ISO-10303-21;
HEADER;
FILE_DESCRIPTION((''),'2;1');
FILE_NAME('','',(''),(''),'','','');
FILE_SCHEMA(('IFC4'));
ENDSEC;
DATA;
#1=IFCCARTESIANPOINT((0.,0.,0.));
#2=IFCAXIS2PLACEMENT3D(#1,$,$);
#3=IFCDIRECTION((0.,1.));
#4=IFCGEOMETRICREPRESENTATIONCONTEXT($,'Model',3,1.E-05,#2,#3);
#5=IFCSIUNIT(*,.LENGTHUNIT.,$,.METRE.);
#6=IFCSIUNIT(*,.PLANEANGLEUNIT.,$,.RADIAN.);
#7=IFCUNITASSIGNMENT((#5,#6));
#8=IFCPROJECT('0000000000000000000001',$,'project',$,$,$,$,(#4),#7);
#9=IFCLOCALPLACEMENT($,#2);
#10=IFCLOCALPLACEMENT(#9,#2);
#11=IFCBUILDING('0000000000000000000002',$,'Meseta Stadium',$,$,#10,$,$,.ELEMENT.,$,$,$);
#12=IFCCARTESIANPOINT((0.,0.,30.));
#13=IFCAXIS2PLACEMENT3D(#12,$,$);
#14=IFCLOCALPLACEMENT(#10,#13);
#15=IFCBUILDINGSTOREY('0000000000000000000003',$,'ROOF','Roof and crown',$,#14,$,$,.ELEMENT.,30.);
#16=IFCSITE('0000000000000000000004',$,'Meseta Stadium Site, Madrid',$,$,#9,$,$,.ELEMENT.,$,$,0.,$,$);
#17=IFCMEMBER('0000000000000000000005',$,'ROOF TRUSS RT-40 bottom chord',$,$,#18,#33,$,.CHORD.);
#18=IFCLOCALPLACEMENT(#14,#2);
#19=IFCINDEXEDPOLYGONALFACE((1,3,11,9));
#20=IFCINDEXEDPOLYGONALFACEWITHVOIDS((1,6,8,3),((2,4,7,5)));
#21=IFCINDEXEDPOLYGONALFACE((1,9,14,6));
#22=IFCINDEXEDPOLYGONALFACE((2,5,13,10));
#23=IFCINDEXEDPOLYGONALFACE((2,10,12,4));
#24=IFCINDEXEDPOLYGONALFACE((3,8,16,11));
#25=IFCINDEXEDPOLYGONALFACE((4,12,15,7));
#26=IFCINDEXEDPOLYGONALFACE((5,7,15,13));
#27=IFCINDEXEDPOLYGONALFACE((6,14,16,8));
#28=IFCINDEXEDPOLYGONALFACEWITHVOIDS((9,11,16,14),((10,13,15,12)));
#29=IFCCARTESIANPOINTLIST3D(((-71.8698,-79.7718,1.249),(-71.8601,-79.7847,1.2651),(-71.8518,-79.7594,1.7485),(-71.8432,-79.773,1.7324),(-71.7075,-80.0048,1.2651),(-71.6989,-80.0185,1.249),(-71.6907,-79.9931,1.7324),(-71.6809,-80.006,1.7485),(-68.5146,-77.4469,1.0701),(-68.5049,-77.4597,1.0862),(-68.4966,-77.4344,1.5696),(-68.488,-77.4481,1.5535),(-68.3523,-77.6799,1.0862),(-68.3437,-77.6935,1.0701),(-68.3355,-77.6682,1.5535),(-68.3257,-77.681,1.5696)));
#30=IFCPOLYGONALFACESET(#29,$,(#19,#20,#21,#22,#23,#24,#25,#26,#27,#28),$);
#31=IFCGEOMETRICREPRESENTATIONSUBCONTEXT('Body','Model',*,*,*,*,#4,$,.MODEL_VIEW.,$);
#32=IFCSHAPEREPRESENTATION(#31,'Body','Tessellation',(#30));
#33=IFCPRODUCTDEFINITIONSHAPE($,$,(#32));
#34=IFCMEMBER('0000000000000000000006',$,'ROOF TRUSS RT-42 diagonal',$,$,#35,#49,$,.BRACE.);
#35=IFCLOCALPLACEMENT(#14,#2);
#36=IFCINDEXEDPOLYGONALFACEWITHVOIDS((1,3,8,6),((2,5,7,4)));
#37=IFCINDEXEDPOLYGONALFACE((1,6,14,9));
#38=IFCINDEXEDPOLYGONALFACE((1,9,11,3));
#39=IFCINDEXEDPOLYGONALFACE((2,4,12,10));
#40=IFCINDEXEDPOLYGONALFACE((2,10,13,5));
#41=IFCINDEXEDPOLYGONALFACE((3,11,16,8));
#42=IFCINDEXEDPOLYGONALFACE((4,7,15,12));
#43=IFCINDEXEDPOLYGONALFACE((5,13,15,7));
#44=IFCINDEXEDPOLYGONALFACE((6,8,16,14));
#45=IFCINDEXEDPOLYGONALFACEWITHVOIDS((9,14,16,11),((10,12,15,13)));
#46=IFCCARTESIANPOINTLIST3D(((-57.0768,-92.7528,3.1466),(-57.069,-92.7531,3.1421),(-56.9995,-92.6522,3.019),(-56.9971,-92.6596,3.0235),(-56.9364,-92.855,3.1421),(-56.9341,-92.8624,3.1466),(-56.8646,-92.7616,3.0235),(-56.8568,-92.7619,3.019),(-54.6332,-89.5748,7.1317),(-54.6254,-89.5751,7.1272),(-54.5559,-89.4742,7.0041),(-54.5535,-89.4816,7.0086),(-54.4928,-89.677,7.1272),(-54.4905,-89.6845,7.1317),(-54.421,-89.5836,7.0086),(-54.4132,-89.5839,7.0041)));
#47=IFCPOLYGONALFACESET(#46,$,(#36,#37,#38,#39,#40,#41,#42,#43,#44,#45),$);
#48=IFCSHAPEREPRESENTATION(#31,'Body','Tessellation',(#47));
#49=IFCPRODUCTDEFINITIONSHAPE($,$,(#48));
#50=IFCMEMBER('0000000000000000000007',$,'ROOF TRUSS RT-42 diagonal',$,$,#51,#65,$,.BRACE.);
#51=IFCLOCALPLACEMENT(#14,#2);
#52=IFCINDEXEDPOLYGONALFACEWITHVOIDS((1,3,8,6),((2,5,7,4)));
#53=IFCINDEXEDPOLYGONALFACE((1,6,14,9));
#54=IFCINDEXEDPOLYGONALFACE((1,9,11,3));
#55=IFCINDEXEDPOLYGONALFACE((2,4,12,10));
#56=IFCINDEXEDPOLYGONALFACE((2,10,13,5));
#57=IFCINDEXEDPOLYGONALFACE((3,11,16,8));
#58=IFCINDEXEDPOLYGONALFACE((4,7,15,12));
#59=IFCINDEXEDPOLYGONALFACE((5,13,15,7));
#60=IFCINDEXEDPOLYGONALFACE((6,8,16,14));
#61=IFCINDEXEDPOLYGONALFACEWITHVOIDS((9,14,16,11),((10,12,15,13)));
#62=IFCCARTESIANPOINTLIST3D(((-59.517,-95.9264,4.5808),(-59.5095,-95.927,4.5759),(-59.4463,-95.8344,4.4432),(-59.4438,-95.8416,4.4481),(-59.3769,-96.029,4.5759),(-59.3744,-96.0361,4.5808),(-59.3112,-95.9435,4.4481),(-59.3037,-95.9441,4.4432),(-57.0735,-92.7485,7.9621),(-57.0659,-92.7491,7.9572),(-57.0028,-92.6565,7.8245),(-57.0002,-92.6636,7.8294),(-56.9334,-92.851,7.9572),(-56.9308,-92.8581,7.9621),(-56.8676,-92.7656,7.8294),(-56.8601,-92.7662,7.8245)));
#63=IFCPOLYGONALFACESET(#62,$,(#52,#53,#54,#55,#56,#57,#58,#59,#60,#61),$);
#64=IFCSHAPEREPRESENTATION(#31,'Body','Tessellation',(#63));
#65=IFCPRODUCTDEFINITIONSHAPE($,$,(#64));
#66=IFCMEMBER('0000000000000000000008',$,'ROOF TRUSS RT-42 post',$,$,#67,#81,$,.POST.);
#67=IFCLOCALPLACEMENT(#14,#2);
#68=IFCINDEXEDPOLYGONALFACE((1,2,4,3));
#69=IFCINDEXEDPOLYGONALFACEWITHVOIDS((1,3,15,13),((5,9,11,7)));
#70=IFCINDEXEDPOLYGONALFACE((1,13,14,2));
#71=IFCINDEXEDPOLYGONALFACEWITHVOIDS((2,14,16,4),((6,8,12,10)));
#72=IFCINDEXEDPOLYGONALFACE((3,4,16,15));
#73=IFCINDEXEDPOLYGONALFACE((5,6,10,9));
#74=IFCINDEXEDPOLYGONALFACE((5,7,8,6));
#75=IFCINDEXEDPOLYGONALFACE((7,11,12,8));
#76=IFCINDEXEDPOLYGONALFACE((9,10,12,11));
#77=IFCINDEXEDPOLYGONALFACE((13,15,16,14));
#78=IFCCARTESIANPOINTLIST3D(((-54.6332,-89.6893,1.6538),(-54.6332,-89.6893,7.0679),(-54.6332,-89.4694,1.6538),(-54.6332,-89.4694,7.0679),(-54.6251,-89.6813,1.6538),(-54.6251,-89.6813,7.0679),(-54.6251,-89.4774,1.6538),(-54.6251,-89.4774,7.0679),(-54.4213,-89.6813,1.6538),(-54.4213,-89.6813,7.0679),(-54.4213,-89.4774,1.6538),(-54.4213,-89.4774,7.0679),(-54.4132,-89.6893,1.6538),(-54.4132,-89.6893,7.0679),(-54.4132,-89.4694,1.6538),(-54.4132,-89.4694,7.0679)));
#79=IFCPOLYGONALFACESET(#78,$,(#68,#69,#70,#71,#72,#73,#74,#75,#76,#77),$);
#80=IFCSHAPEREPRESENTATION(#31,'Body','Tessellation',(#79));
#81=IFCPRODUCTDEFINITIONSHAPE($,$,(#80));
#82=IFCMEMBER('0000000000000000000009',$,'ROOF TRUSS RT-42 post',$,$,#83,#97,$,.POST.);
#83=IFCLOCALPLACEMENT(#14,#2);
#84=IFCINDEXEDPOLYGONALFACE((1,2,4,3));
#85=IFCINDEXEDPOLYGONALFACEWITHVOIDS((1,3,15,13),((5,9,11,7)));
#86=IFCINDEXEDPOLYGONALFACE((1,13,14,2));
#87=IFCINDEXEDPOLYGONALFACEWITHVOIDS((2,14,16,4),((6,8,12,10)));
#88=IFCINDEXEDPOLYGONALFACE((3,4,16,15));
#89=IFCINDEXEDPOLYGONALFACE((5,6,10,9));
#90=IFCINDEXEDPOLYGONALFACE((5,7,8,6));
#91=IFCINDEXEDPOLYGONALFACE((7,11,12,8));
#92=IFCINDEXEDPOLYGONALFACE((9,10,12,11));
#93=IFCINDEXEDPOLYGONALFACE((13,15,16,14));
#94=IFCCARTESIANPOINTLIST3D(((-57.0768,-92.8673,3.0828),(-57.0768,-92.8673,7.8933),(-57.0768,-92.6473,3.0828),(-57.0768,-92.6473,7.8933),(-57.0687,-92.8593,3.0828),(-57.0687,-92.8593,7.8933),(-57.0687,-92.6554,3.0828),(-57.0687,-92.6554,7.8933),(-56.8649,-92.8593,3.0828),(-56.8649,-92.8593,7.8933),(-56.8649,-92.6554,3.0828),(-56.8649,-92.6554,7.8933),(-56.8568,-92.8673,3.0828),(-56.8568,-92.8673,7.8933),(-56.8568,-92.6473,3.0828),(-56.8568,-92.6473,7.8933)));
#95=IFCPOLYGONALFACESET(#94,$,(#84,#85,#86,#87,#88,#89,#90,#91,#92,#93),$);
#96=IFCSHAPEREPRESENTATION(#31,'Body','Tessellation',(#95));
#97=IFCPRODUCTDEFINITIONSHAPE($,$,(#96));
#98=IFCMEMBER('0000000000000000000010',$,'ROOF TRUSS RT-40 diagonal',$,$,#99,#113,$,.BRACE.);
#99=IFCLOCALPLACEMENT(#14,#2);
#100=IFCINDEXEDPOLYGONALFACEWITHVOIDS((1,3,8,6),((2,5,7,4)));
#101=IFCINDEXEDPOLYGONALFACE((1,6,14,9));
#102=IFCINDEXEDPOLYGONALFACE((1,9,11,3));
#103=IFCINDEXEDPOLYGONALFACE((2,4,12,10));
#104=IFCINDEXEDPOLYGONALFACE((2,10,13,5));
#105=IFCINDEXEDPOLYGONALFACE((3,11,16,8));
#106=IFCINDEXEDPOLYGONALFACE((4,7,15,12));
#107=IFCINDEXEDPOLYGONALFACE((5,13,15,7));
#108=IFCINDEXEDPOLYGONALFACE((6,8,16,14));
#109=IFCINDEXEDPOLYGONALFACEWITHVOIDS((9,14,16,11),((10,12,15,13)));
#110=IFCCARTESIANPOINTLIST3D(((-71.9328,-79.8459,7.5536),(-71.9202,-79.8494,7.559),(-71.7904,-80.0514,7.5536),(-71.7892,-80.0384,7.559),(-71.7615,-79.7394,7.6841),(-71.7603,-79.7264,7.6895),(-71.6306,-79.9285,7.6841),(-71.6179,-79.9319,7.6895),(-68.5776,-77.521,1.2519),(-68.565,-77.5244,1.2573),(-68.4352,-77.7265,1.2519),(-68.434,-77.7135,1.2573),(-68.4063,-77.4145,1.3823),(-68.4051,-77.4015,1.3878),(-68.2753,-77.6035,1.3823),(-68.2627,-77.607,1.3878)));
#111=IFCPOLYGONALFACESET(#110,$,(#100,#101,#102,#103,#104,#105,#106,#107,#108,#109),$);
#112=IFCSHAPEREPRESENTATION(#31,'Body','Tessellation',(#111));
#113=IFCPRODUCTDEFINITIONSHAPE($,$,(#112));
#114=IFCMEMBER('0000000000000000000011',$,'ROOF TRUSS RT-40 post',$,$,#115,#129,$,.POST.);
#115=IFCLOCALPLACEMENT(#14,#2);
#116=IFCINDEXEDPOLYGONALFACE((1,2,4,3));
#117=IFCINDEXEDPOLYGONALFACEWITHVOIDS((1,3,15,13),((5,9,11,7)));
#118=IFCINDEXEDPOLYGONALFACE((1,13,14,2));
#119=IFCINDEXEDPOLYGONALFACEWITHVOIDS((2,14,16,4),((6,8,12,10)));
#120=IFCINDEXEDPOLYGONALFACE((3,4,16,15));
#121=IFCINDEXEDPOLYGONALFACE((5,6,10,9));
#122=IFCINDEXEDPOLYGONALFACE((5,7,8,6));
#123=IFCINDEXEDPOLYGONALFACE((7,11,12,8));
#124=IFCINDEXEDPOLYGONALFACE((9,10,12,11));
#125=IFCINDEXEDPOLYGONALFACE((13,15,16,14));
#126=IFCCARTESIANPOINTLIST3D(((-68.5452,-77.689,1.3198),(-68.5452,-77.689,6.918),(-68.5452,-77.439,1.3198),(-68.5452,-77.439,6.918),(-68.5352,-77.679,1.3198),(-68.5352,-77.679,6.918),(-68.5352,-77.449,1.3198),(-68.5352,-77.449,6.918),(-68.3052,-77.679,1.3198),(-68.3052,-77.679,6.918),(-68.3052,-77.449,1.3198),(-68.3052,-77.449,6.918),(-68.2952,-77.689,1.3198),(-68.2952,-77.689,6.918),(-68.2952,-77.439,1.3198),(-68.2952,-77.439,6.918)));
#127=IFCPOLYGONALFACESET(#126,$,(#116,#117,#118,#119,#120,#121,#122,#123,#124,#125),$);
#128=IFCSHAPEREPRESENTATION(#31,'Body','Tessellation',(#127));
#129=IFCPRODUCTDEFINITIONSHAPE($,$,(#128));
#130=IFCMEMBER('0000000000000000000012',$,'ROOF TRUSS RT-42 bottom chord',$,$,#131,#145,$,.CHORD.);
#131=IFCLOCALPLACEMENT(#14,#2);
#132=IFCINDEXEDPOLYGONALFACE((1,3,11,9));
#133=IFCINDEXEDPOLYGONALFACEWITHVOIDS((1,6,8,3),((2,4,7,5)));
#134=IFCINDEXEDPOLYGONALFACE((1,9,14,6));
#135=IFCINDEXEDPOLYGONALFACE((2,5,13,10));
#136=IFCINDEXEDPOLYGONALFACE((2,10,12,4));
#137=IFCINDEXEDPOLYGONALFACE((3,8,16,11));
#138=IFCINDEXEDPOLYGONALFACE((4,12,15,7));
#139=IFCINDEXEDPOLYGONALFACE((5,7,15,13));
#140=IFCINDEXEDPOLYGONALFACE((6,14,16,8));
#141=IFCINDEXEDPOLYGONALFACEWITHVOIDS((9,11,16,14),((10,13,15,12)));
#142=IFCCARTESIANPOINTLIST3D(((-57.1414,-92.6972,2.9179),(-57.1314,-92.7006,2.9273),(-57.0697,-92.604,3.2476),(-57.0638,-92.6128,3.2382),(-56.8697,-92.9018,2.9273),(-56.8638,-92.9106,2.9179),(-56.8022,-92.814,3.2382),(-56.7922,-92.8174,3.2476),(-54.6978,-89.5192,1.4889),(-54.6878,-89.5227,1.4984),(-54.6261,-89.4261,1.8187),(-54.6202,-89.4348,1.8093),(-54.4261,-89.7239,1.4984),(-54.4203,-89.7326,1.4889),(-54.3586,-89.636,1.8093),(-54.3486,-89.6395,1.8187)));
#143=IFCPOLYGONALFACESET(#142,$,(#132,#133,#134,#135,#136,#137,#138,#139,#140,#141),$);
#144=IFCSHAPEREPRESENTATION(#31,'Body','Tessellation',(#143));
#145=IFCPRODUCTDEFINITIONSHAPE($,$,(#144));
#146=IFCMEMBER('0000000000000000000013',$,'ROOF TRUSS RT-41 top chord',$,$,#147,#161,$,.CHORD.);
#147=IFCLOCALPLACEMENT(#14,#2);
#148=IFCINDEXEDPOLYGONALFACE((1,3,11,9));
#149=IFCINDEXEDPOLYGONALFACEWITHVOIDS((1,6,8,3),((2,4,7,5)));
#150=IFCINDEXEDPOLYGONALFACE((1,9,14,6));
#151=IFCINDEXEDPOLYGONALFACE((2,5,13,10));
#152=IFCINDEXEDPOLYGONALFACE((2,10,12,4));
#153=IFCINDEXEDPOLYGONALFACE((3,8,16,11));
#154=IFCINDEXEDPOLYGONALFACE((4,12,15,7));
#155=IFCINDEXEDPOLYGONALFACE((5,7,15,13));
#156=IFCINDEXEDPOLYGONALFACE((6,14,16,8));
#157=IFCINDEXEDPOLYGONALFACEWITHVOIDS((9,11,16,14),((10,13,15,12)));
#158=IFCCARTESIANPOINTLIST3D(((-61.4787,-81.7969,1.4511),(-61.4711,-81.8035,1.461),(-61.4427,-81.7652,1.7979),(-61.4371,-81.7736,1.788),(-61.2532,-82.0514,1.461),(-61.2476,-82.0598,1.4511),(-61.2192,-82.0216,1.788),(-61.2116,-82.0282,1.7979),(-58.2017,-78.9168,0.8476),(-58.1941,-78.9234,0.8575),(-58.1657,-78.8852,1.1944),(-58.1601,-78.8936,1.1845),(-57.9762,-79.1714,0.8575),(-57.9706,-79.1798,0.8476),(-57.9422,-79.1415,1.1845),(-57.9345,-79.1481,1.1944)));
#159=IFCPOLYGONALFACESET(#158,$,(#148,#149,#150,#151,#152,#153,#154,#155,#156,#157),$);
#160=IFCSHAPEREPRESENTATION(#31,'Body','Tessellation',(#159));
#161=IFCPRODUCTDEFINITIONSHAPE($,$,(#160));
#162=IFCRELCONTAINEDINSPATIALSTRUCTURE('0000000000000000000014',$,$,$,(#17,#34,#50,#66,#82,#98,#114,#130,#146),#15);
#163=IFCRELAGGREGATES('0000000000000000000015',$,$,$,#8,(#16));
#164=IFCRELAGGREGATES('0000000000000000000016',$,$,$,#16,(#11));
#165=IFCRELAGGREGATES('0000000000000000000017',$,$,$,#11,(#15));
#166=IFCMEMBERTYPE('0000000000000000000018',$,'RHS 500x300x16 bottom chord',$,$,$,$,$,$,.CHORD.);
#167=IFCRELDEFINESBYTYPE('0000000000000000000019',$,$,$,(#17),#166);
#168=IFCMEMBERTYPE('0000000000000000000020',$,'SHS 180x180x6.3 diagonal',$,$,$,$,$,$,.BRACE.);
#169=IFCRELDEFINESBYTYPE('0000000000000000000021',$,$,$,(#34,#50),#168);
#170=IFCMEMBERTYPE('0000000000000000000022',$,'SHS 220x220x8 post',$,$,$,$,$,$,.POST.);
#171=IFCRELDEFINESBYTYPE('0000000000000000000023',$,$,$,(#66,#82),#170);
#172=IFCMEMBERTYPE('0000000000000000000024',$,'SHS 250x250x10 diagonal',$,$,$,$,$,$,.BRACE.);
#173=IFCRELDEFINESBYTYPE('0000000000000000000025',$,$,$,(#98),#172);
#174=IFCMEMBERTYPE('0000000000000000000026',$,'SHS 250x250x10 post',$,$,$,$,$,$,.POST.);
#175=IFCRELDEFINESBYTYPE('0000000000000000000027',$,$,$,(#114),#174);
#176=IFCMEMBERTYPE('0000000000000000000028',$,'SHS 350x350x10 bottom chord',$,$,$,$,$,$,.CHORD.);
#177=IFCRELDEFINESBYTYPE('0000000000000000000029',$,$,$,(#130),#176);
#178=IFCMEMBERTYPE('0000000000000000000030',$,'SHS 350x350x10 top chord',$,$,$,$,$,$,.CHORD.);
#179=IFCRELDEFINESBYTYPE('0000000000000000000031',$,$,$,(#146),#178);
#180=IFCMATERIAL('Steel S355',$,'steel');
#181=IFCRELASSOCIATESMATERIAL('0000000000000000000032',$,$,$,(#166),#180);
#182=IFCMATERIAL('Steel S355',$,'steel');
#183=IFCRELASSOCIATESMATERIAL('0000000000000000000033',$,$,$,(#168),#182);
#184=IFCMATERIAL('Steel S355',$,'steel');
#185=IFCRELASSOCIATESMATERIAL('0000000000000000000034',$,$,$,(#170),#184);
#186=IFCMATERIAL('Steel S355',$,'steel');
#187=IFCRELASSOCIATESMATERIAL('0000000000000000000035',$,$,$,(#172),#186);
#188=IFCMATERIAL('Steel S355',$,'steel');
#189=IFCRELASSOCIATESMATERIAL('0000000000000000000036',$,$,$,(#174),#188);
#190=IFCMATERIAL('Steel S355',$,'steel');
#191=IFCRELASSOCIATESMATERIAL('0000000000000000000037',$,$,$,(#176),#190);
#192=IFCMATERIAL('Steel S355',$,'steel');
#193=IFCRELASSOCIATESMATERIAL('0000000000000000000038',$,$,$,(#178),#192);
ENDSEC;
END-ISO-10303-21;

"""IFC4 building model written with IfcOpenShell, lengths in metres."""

from ifc_helpers import new_model, si_unit, direction, frame, origin, origin_2d, place, context, subcontext, project, spatial, hollow_rectangle, extrude, material, material_profile, profile_set, type_object, element, save


model = new_model("IFC4")

# Units and contexts
model_context = context("Model", 3, precision=1e-05, world=origin(), true_north=direction((0.0, 1.0)))
body_context = subcontext(model_context, "Body", "Model", "MODEL_VIEW")
ifc_project = project(units=[si_unit("LENGTHUNIT", "METRE"), si_unit("PLANEANGLEUNIT", "RADIAN")], contexts=[model_context])

# Site, building, storey
site_placement = place(None, origin())
site = spatial("IfcSite", under=ifc_project, at=site_placement, Name="Meseta Stadium Site, Madrid", CompositionType="ELEMENT", RefElevation=0.0)
building_placement = place(site_placement, origin())
building = spatial("IfcBuilding", under=site, at=building_placement, Name="Meseta Stadium", CompositionType="ELEMENT")
storey_placement = place(building_placement, frame((0.0, 0.0, 30.0)))
storey = spatial("IfcBuildingStorey", under=building, at=storey_placement, Name="ROOF", Description="Roof and crown", CompositionType="ELEMENT", Elevation=30.0)

# Members
ifc_material_1 = material(Name="Steel S355", Category="steel")
ifc_material_profile_1 = material_profile(ifc_material_1, hollow_rectangle(XDim=0.3, YDim=0.5, WallThickness=0.0161, at=origin_2d()), Name="RHS 500x300x16")
ifc_profile_set_1 = profile_set([ifc_material_profile_1], Name="Steel S355")
member_type_1 = type_object("IfcMemberType", Name="RHS 500x300x16 bottom chord", PredefinedType="CHORD", material=ifc_profile_set_1)
member_1_placement = place(storey_placement, frame((-68.4202, -77.564, 1.3198), z_axis=(-0.821162, -0.569012, 0.043798), x_axis=(0.569558, -0.821951, 0.0)))
element("IfcMember", 1, at=member_1_placement, inside=storey, type_object=member_type_1, Name="ROOF TRUSS RT-40 bottom chord", PredefinedType="CHORD", context=body_context, shape_type="SweptSolid", body=[
    extrude(hollow_rectangle(XDim=0.3, YDim=0.5, WallThickness=0.0161, at=origin_2d()), origin(), (0.0, 0.0, 1.0), 4.0859),
])
ifc_material_2 = material(Name="Steel S355", Category="steel")
ifc_material_profile_2 = material_profile(ifc_material_2, hollow_rectangle(XDim=0.1799, YDim=0.1799, WallThickness=0.0063, at=origin_2d()), Name="SHS 180x180x6.3")
ifc_profile_set_2 = profile_set([ifc_material_profile_2], Name="Steel S355")
member_type_2 = type_object("IfcMemberType", Name="SHS 180x180x6.3 diagonal", PredefinedType="BRACE", material=ifc_profile_set_2)
member_2_placement = place(storey_placement, frame((-54.5232, -89.5793, 7.0679), z_axis=(-0.432298, -0.562216, -0.705005), x_axis=(0.792744, -0.609555, 0.0)))
element("IfcMember", 2, at=member_2_placement, inside=storey, type_object=member_type_2, Name="ROOF TRUSS RT-42 diagonal", PredefinedType="BRACE", context=body_context, shape_type="SweptSolid", body=[
    extrude(hollow_rectangle(XDim=0.1799, YDim=0.1799, WallThickness=0.0063, at=origin_2d()), origin(), (0.0, 0.0, 1.0), 5.6526),
])
member_3_placement = place(storey_placement, frame((-56.9668, -92.7573, 7.8933), z_axis=(-0.465941, -0.60597, -0.644748), x_axis=(0.792744, -0.609555, 0.0)))
element("IfcMember", 3, at=member_3_placement, inside=storey, type_object=member_type_2, Name="ROOF TRUSS RT-42 diagonal", PredefinedType="BRACE", context=body_context, shape_type="SweptSolid", body=[
    extrude(hollow_rectangle(XDim=0.1799, YDim=0.1799, WallThickness=0.0063, at=origin_2d()), origin(), (0.0, 0.0, 1.0), 5.2444),
])
ifc_material_3 = material(Name="Steel S355", Category="steel")
ifc_material_profile_3 = material_profile(ifc_material_3, hollow_rectangle(XDim=0.22, YDim=0.22, WallThickness=0.0081, at=origin_2d()), Name="SHS 220x220x8")
ifc_profile_set_3 = profile_set([ifc_material_profile_3], Name="Steel S355")
member_type_3 = type_object("IfcMemberType", Name="SHS 220x220x8 post", PredefinedType="POST", material=ifc_profile_set_3)
member_4_placement = place(storey_placement, frame((-54.5232, -89.5793, 1.6538), z_axis=(0.0, 0.0, 1.0), x_axis=(1.0, 0.0, 0.0)))
element("IfcMember", 4, at=member_4_placement, inside=storey, type_object=member_type_3, Name="ROOF TRUSS RT-42 post", PredefinedType="POST", context=body_context, shape_type="SweptSolid", body=[
    extrude(hollow_rectangle(XDim=0.22, YDim=0.22, WallThickness=0.0081, at=origin_2d()), origin(), (0.0, 0.0, 1.0), 5.4141),
])
member_5_placement = place(storey_placement, frame((-56.9668, -92.7573, 3.0828), z_axis=(0.0, 0.0, 1.0), x_axis=(1.0, 0.0, 0.0)))
element("IfcMember", 5, at=member_5_placement, inside=storey, type_object=member_type_3, Name="ROOF TRUSS RT-42 post", PredefinedType="POST", context=body_context, shape_type="SweptSolid", body=[
    extrude(hollow_rectangle(XDim=0.22, YDim=0.22, WallThickness=0.0081, at=origin_2d()), origin(), (0.0, 0.0, 1.0), 4.8105),
])
ifc_material_4 = material(Name="Steel S355", Category="steel")
ifc_material_profile_4 = material_profile(ifc_material_4, hollow_rectangle(XDim=0.25, YDim=0.25, WallThickness=0.01, at=origin_2d()), Name="SHS 250x250x10")
ifc_profile_set_4 = profile_set([ifc_material_profile_4], Name="Steel S355")
member_type_4 = type_object("IfcMemberType", Name="SHS 250x250x10 diagonal", PredefinedType="BRACE", material=ifc_profile_set_4)
member_6_placement = place(storey_placement, frame((-68.4202, -77.564, 1.3198), z_axis=(-0.446867, -0.309649, 0.839302), x_axis=(0.569558, -0.821951, 0.0)))
element("IfcMember", 6, at=member_6_placement, inside=storey, type_object=member_type_4, Name="ROOF TRUSS RT-40 diagonal", PredefinedType="BRACE", context=body_context, shape_type="SweptSolid", body=[
    extrude(hollow_rectangle(XDim=0.25, YDim=0.25, WallThickness=0.01, at=origin_2d()), origin(), (0.0, 0.0, 1.0), 7.5083),
])
ifc_material_5 = material(Name="Steel S355", Category="steel")
ifc_material_profile_5 = material_profile(ifc_material_5, hollow_rectangle(XDim=0.25, YDim=0.25, WallThickness=0.01, at=origin_2d()), Name="SHS 250x250x10")
ifc_profile_set_5 = profile_set([ifc_material_profile_5], Name="Steel S355")
member_type_5 = type_object("IfcMemberType", Name="SHS 250x250x10 post", PredefinedType="POST", material=ifc_profile_set_5)
member_7_placement = place(storey_placement, frame((-68.4202, -77.564, 1.3198), z_axis=(0.0, 0.0, 1.0), x_axis=(1.0, 0.0, 0.0)))
element("IfcMember", 7, at=member_7_placement, inside=storey, type_object=member_type_5, Name="ROOF TRUSS RT-40 post", PredefinedType="POST", context=body_context, shape_type="SweptSolid", body=[
    extrude(hollow_rectangle(XDim=0.25, YDim=0.25, WallThickness=0.01, at=origin_2d()), origin(), (0.0, 0.0, 1.0), 5.5981),
])
ifc_material_6 = material(Name="Steel S355", Category="steel")
ifc_material_profile_6 = material_profile(ifc_material_6, hollow_rectangle(XDim=0.3501, YDim=0.3501, WallThickness=0.01, at=origin_2d()), Name="SHS 350x350x10")
ifc_profile_set_6 = profile_set([ifc_material_profile_6], Name="Steel S355")
member_type_6 = type_object("IfcMemberType", Name="SHS 350x350x10 bottom chord", PredefinedType="CHORD", material=ifc_profile_set_6)
member_8_placement = place(storey_placement, frame((-54.5232, -89.5793, 1.6538), z_axis=(-0.574169, -0.746724, 0.335759), x_axis=(0.792744, -0.609555, 0.0)))
element("IfcMember", 8, at=member_8_placement, inside=storey, type_object=member_type_6, Name="ROOF TRUSS RT-42 bottom chord", PredefinedType="CHORD", context=body_context, shape_type="SweptSolid", body=[
    extrude(hollow_rectangle(XDim=0.3501, YDim=0.3501, WallThickness=0.01, at=origin_2d()), origin(), (0.0, 0.0, 1.0), 4.2559),
])
ifc_material_7 = material(Name="Steel S355", Category="steel")
ifc_material_profile_7 = material_profile(ifc_material_7, hollow_rectangle(XDim=0.3501, YDim=0.3501, WallThickness=0.01, at=origin_2d()), Name="SHS 350x350x10")
ifc_profile_set_7 = profile_set([ifc_material_profile_7], Name="Steel S355")
member_type_7 = type_object("IfcMemberType", Name="SHS 350x350x10 top chord", PredefinedType="CHORD", material=ifc_profile_set_7)
member_9_placement = place(storey_placement, frame((-58.0681, -79.0325, 1.021), z_axis=(-0.744051, -0.65392, 0.137026), x_axis=(0.660147, -0.751136, 0.0)))
element("IfcMember", 9, at=member_9_placement, inside=storey, type_object=member_type_7, Name="ROOF TRUSS RT-41 top chord", PredefinedType="CHORD", context=body_context, shape_type="SweptSolid", body=[
    extrude(hollow_rectangle(XDim=0.3501, YDim=0.3501, WallThickness=0.01, at=origin_2d()), origin(), (0.0, 0.0, 1.0), 4.4043),
])

save(model, "model.ifc")
